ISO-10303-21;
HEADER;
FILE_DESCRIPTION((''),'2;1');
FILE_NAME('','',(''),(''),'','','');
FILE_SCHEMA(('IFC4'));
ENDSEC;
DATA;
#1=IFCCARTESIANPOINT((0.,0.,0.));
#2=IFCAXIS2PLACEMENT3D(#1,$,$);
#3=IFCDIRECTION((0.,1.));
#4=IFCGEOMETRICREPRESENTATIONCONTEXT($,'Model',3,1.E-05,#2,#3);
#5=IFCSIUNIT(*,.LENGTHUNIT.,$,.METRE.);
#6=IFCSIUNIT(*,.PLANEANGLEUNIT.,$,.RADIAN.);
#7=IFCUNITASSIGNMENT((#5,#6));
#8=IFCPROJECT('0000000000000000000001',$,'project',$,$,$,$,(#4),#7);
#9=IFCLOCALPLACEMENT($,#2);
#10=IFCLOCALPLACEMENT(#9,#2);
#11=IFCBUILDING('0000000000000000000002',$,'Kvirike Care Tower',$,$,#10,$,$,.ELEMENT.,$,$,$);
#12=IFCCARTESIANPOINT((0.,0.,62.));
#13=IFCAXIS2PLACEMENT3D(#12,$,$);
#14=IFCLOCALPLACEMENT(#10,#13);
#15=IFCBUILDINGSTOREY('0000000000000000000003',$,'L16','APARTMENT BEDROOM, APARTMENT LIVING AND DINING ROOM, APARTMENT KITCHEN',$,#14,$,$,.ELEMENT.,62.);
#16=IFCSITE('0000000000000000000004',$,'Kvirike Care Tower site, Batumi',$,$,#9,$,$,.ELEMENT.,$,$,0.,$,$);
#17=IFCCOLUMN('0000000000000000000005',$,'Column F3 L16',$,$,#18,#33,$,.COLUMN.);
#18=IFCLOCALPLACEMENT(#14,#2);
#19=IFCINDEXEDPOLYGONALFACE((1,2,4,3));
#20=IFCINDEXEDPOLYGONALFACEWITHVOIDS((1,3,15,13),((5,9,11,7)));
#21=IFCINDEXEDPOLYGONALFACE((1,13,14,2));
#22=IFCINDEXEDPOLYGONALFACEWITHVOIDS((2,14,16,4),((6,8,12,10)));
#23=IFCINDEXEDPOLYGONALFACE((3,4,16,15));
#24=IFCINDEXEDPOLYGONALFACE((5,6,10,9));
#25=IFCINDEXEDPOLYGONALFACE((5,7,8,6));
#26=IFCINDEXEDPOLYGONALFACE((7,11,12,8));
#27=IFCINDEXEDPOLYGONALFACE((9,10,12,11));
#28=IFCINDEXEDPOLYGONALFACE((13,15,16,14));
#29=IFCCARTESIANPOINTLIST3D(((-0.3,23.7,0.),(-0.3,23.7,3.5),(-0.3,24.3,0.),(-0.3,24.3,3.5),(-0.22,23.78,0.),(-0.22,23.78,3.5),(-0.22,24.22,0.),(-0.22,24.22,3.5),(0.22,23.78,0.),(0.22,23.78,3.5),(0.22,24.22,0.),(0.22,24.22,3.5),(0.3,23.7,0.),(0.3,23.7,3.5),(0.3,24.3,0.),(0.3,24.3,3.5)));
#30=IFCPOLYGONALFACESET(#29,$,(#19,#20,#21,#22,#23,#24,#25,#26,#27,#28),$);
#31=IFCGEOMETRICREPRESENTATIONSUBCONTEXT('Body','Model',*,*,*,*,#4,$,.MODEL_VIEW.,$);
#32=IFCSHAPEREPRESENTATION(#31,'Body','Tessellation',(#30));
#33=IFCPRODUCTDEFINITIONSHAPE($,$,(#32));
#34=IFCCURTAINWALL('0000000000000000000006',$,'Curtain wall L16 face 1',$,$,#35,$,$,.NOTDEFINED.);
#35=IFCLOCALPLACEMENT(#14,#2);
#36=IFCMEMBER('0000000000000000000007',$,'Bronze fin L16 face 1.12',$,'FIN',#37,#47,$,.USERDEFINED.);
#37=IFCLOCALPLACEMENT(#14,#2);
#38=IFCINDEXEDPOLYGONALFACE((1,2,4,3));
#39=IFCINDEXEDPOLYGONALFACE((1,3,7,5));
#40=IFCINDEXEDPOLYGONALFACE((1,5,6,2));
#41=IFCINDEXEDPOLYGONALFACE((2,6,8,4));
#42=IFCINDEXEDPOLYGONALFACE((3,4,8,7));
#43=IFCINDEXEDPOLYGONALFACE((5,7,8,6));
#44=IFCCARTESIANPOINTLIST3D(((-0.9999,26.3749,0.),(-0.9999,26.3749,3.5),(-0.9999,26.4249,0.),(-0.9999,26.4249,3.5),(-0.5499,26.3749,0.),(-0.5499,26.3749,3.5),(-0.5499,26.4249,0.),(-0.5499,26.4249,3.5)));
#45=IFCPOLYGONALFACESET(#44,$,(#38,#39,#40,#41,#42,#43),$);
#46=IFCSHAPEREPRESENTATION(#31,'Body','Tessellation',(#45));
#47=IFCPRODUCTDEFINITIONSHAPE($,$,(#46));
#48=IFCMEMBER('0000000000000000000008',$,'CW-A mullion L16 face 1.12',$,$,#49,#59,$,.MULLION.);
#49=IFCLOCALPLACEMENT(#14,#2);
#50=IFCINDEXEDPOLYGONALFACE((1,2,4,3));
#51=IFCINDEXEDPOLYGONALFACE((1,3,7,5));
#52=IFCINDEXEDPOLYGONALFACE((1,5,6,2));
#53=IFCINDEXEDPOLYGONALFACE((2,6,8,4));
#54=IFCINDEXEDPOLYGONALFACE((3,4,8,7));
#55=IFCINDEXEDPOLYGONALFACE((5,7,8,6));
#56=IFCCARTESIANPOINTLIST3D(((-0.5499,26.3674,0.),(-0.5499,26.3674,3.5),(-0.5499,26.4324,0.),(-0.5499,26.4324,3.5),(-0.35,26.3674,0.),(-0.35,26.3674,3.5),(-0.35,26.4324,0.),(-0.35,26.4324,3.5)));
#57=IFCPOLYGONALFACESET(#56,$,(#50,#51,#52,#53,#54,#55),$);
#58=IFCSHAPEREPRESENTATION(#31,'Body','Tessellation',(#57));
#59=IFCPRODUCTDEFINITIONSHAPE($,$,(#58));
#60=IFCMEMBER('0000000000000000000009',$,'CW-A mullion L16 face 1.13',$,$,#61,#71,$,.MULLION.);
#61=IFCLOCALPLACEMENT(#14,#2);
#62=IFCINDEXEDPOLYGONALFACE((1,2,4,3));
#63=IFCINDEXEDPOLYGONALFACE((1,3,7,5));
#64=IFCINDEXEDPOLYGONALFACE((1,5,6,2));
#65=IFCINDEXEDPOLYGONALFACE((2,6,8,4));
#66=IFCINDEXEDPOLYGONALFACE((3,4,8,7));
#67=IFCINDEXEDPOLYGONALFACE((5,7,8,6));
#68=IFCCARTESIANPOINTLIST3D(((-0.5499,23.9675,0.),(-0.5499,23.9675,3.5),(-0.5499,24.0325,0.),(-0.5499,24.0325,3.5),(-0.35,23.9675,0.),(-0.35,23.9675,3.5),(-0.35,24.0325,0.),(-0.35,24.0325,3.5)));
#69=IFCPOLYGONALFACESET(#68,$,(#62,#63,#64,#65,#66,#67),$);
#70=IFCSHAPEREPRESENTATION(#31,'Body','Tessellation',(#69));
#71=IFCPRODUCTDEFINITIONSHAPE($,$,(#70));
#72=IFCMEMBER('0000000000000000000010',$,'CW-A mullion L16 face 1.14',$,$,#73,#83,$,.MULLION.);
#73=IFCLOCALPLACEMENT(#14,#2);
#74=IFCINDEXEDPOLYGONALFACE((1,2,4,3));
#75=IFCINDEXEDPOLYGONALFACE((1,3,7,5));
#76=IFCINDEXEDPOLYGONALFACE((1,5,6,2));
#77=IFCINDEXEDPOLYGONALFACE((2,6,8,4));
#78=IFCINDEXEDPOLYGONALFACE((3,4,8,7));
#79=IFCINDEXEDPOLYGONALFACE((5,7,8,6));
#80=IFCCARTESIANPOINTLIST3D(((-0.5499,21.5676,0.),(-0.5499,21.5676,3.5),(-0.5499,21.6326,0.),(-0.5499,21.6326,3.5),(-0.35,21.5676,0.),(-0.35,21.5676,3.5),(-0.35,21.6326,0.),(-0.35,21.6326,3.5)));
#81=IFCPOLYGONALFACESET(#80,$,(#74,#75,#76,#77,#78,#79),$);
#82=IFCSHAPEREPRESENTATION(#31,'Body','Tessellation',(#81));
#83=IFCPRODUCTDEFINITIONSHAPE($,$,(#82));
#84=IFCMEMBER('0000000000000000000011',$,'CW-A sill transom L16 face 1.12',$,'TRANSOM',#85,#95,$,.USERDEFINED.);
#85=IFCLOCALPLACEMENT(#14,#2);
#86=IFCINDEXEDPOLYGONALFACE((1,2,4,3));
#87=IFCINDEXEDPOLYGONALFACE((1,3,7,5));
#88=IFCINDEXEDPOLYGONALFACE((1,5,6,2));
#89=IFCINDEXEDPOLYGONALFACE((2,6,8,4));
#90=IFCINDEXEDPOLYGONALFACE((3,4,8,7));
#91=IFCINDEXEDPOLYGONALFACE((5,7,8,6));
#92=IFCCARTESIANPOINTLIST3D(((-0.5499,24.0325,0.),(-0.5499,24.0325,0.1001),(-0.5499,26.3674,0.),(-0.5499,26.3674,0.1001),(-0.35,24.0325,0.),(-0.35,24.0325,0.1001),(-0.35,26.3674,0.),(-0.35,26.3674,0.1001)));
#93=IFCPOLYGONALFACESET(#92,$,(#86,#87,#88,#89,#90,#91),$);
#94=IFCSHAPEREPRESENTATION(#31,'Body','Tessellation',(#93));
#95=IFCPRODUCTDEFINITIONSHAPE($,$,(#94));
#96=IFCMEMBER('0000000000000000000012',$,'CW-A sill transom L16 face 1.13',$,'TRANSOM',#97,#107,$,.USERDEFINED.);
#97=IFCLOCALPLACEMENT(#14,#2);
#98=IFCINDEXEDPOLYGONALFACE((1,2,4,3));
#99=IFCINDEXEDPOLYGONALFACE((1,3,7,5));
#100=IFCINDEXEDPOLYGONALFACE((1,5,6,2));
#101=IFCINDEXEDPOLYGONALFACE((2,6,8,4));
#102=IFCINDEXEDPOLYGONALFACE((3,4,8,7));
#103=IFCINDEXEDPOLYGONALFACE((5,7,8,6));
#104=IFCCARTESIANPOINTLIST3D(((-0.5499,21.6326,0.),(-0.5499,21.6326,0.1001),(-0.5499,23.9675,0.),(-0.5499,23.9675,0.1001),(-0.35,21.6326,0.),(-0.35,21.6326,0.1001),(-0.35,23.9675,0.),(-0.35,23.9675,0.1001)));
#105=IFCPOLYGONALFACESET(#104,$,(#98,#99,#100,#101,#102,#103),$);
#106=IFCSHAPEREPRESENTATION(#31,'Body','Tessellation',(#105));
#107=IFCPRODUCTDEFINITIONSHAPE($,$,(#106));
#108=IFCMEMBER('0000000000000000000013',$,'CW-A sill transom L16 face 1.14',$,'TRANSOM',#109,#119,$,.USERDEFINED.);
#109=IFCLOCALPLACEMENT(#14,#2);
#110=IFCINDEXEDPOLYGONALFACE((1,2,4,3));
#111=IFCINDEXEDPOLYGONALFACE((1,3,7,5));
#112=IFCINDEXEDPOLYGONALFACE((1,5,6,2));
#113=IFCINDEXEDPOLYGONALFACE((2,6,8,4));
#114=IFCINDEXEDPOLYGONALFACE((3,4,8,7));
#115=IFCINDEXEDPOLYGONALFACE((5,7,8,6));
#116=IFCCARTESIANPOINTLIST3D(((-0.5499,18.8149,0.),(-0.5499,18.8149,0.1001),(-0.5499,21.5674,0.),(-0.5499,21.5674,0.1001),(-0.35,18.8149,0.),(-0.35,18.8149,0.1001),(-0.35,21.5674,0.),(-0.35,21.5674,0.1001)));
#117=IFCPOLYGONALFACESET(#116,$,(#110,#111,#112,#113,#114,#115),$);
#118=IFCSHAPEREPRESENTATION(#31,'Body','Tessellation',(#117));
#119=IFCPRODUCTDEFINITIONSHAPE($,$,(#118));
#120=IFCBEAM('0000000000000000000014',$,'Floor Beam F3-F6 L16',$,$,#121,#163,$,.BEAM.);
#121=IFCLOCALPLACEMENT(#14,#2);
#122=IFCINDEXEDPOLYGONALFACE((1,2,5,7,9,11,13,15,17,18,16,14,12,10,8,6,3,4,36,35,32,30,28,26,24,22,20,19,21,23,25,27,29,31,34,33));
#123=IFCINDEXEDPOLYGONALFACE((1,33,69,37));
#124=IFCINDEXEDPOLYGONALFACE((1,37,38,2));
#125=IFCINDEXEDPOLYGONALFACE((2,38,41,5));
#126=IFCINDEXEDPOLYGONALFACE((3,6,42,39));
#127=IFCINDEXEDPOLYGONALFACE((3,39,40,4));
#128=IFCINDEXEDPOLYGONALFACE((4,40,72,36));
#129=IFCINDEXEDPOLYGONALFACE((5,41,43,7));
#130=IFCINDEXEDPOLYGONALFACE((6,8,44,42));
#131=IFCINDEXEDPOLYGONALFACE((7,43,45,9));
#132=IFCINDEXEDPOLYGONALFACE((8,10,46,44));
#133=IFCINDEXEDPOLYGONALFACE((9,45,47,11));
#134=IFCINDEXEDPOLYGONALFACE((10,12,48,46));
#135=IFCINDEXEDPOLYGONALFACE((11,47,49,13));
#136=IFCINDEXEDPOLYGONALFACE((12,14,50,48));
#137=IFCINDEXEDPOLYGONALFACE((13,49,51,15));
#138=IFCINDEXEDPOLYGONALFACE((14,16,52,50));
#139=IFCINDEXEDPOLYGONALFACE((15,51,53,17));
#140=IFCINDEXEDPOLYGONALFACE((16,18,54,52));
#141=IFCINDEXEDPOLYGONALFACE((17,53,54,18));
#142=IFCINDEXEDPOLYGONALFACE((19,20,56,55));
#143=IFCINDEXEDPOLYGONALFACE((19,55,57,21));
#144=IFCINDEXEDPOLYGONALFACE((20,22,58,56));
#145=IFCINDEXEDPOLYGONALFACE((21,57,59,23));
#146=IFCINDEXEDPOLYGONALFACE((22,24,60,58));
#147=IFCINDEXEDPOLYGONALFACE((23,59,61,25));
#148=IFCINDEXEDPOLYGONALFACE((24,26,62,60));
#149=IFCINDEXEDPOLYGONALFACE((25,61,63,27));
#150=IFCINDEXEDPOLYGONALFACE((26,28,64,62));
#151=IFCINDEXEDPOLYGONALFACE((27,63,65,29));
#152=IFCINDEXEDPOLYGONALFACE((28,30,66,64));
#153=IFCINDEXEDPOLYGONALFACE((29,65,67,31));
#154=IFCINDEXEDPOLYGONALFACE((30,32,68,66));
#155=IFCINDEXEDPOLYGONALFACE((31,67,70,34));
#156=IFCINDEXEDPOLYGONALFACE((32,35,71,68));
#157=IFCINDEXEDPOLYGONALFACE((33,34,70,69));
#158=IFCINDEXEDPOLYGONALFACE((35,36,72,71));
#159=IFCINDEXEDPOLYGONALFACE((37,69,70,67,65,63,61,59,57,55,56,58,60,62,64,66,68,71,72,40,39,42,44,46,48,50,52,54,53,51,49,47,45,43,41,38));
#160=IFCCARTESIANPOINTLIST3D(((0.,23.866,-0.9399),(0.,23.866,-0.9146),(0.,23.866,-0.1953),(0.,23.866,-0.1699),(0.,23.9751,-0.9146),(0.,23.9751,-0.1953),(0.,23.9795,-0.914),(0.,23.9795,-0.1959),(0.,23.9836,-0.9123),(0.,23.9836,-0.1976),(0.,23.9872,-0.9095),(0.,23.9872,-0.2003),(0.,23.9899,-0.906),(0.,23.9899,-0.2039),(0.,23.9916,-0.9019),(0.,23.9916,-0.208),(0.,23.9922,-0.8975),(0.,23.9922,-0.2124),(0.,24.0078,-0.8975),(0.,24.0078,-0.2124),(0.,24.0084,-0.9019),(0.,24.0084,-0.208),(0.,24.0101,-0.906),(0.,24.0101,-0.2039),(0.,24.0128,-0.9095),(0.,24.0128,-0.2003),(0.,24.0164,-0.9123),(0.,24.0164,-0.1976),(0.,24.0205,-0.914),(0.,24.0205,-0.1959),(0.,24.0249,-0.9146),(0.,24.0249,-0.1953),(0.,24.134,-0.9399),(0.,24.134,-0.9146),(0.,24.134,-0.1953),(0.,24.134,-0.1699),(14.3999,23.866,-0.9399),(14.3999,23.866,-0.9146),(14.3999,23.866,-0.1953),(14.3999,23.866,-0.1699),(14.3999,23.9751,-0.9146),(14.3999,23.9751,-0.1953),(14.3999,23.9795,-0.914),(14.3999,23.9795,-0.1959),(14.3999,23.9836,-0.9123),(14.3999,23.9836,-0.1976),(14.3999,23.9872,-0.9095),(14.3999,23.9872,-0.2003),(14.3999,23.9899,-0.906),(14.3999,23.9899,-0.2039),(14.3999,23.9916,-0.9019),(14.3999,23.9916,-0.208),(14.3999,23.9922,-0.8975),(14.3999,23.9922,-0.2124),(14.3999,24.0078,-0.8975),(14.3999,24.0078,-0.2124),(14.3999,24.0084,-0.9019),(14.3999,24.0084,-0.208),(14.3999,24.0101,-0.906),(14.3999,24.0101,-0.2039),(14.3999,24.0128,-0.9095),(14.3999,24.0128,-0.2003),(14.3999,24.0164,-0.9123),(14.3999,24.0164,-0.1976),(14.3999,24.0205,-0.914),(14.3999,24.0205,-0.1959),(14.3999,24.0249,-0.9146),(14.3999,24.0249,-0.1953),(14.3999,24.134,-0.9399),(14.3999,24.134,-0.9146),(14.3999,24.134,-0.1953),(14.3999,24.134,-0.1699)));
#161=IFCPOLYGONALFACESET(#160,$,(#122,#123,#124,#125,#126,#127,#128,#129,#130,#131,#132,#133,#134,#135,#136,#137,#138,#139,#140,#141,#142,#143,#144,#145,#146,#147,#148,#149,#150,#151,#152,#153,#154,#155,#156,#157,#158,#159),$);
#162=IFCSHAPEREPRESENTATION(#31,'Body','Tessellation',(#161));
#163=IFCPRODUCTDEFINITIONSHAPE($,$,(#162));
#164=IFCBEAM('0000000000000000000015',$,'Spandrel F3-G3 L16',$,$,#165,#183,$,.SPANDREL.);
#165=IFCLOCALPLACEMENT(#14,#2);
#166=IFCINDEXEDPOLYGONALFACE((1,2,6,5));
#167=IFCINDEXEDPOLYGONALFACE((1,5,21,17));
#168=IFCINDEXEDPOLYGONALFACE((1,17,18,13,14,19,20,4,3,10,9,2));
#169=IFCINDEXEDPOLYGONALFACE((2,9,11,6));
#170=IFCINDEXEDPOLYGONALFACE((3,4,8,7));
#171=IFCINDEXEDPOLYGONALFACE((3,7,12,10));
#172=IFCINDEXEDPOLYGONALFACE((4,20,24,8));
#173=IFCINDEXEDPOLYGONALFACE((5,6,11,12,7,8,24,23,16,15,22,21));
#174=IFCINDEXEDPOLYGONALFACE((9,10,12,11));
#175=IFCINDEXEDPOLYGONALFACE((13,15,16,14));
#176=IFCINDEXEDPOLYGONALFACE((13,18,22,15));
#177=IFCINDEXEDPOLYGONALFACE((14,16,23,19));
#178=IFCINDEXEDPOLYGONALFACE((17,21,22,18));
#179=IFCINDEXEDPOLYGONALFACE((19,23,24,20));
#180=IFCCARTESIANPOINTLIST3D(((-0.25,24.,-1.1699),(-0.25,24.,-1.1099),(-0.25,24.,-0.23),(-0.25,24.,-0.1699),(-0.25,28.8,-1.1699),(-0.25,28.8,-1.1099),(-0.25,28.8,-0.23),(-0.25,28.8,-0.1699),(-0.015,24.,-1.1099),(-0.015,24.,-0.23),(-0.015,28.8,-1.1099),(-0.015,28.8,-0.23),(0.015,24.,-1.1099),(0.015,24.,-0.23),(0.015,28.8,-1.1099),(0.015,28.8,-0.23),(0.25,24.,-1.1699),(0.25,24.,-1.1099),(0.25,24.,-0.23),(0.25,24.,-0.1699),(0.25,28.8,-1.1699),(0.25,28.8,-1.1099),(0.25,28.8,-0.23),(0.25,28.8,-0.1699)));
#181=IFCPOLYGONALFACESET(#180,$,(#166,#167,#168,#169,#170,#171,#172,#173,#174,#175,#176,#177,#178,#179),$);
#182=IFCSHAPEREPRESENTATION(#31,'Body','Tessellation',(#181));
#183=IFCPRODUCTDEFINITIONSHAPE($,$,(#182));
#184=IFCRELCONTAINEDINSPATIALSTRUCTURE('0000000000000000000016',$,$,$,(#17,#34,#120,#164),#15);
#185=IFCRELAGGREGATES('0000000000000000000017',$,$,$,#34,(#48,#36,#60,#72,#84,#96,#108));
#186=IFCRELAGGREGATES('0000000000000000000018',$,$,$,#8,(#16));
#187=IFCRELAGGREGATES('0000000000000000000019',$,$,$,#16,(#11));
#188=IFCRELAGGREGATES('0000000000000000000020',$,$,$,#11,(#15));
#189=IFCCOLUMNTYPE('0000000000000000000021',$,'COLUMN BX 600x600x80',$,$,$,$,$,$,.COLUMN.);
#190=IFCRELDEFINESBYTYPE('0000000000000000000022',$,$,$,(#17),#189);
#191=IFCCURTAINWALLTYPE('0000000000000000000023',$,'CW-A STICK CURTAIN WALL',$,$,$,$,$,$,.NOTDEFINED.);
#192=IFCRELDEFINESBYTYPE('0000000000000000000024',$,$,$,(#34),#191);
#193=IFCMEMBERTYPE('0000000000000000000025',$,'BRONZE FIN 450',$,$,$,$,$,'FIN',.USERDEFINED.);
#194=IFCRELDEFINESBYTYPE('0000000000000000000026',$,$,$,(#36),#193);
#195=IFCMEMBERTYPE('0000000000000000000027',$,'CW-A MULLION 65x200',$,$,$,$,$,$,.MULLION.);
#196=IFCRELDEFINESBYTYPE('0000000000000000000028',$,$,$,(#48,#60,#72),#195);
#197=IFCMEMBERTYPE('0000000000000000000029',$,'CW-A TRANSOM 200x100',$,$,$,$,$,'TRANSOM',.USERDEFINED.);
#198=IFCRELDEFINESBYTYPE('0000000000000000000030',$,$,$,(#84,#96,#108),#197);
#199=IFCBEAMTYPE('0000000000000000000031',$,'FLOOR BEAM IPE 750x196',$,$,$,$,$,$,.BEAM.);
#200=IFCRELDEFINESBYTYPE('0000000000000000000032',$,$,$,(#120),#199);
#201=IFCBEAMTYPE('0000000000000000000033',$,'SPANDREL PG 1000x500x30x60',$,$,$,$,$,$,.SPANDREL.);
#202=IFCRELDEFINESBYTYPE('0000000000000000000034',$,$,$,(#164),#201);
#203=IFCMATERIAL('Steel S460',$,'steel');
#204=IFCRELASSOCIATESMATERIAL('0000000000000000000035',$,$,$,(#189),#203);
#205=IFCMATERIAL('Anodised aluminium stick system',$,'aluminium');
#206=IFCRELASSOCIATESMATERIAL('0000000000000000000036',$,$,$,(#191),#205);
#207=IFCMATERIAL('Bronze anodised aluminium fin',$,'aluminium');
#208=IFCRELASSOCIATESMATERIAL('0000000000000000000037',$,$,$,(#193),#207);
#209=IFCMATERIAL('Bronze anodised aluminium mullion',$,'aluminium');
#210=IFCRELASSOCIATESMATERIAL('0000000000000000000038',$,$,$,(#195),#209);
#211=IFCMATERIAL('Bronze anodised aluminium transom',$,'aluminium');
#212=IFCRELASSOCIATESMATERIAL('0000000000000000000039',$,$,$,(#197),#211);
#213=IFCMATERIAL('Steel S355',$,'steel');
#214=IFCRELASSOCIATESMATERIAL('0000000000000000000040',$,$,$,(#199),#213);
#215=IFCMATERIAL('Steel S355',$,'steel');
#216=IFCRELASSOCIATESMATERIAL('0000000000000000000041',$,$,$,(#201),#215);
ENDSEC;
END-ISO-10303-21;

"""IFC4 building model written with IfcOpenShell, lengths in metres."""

from ifc_helpers import new_model, si_unit, direction, frame, origin, origin_2d, place, context, subcontext, project, spatial, rectangle, hollow_rectangle, i_section, extrude, material, material_profile, profile_set, type_object, element, aggregate, save


model = new_model("IFC4")

# Units and contexts
model_context = context("Model", 3, precision=1e-05, world=origin(), true_north=direction((0.0, 1.0)))
body_context = subcontext(model_context, "Body", "Model", "MODEL_VIEW")
ifc_project = project(units=[si_unit("LENGTHUNIT", "METRE"), si_unit("PLANEANGLEUNIT", "RADIAN")], contexts=[model_context])

# Site, building, storey
site_placement = place(None, origin())
site = spatial("IfcSite", under=ifc_project, at=site_placement, Name="Kvirike Care Tower site, Batumi", CompositionType="ELEMENT", RefElevation=0.0)
building_placement = place(site_placement, origin())
building = spatial("IfcBuilding", under=site, at=building_placement, Name="Kvirike Care Tower", CompositionType="ELEMENT")
storey_placement = place(building_placement, frame((0.0, 0.0, 62.0)))
storey = spatial("IfcBuildingStorey", under=building, at=storey_placement, Name="L16", Description="APARTMENT BEDROOM, APARTMENT LIVING AND DINING ROOM, APARTMENT KITCHEN", CompositionType="ELEMENT", Elevation=62.0)

# Column
ifc_material_1 = material(Name="Steel S460", Category="steel")
ifc_material_profile_1 = material_profile(ifc_material_1, hollow_rectangle(XDim=0.6001, YDim=0.6001, WallThickness=0.0801, at=origin_2d()), Name="BX 600x600x80")
ifc_profile_set_1 = profile_set([ifc_material_profile_1], Name="Steel S460")
column_type = type_object("IfcColumnType", Name="COLUMN BX 600x600x80", PredefinedType="COLUMN", material=ifc_profile_set_1)
column_placement = place(storey_placement, frame((0.0, 24.0, 0.0), z_axis=(0.0, 0.0, 1.0), x_axis=(1.0, 0.0, 0.0)))
element("IfcColumn", 1, at=column_placement, inside=storey, type_object=column_type, Name="Column F3 L16", PredefinedType="COLUMN", context=body_context, shape_type="SweptSolid", body=[
    extrude(hollow_rectangle(XDim=0.6001, YDim=0.6001, WallThickness=0.0801, at=origin_2d()), origin(), (0.0, 0.0, 1.0), 3.5),
])

# Curtain wall, members
ifc_material_2 = material(Name="Anodised aluminium stick system", Category="aluminium")
curtain_wall_type = type_object("IfcCurtainWallType", Name="CW-A STICK CURTAIN WALL", PredefinedType="NOTDEFINED", material=ifc_material_2)
curtain_wall_placement = place(storey_placement, origin())
curtain_wall = element("IfcCurtainWall", 2, at=curtain_wall_placement, inside=storey, type_object=curtain_wall_type, Name="Curtain wall L16 face 1", PredefinedType="NOTDEFINED")
ifc_material_3 = material(Name="Bronze anodised aluminium fin", Category="aluminium")
ifc_material_profile_2 = material_profile(ifc_material_3, rectangle(XDim=0.05, YDim=0.45, at=origin_2d()), Name="BRONZE FIN 450")
ifc_profile_set_2 = profile_set([ifc_material_profile_2], Name="Bronze anodised aluminium fin")
member_type_1 = type_object("IfcMemberType", Name="BRONZE FIN 450", ElementType="FIN", PredefinedType="USERDEFINED", material=ifc_profile_set_2)
member_1_placement = place(storey_placement, frame((-0.7749, 26.3999, 0.0), z_axis=(0.0, 0.0, 1.0), x_axis=(0.0, -1.0, 0.0)))
member_1 = element("IfcMember", 3, at=member_1_placement, type_object=member_type_1, Name="Bronze fin L16 face 1.12", ObjectType="FIN", PredefinedType="USERDEFINED", context=body_context, shape_type="SweptSolid", body=[
    extrude(rectangle(XDim=0.05, YDim=0.45, at=origin_2d()), origin(), (0.0, 0.0, 1.0), 3.5),
])
ifc_material_4 = material(Name="Bronze anodised aluminium mullion", Category="aluminium")
ifc_material_profile_3 = material_profile(ifc_material_4, rectangle(XDim=0.0649, YDim=0.2, at=origin_2d()), Name="CW-A MULLION 65x200")
ifc_profile_set_3 = profile_set([ifc_material_profile_3], Name="Bronze anodised aluminium mullion")
member_type_2 = type_object("IfcMemberType", Name="CW-A MULLION 65x200", PredefinedType="MULLION", material=ifc_profile_set_3)
member_2_placement = place(storey_placement, frame((-0.45, 26.3999, 0.0), z_axis=(0.0, 0.0, 1.0), x_axis=(0.0, -1.0, 0.0)))
member_2 = element("IfcMember", 4, at=member_2_placement, type_object=member_type_2, Name="CW-A mullion L16 face 1.12", PredefinedType="MULLION", context=body_context, shape_type="SweptSolid", body=[
    extrude(rectangle(XDim=0.0649, YDim=0.2, at=origin_2d()), origin(), (0.0, 0.0, 1.0), 3.5),
])
member_3_placement = place(storey_placement, frame((-0.45, 24.0, 0.0), z_axis=(0.0, 0.0, 1.0), x_axis=(0.0, -1.0, 0.0)))
member_3 = element("IfcMember", 5, at=member_3_placement, type_object=member_type_2, Name="CW-A mullion L16 face 1.13", PredefinedType="MULLION", context=body_context, shape_type="SweptSolid", body=[
    extrude(rectangle(XDim=0.0649, YDim=0.2, at=origin_2d()), origin(), (0.0, 0.0, 1.0), 3.5),
])
member_4_placement = place(storey_placement, frame((-0.45, 21.6001, 0.0), z_axis=(0.0, 0.0, 1.0), x_axis=(0.0, -1.0, 0.0)))
member_4 = element("IfcMember", 6, at=member_4_placement, type_object=member_type_2, Name="CW-A mullion L16 face 1.14", PredefinedType="MULLION", context=body_context, shape_type="SweptSolid", body=[
    extrude(rectangle(XDim=0.0649, YDim=0.2, at=origin_2d()), origin(), (0.0, 0.0, 1.0), 3.5),
])
ifc_material_5 = material(Name="Bronze anodised aluminium transom", Category="aluminium")
ifc_material_profile_4 = material_profile(ifc_material_5, rectangle(XDim=0.2, YDim=0.1001, at=origin_2d()), Name="CW-A TRANSOM 200x100")
ifc_profile_set_4 = profile_set([ifc_material_profile_4], Name="Bronze anodised aluminium transom")
member_type_3 = type_object("IfcMemberType", Name="CW-A TRANSOM 200x100", ElementType="TRANSOM", PredefinedType="USERDEFINED", material=ifc_profile_set_4)
member_5_placement = place(storey_placement, frame((-0.45, 26.3674, 0.05), z_axis=(0.0, -1.0, 0.0), x_axis=(1.0, 0.0, 0.0)))
member_5 = element("IfcMember", 7, at=member_5_placement, type_object=member_type_3, Name="CW-A sill transom L16 face 1.12", ObjectType="TRANSOM", PredefinedType="USERDEFINED", context=body_context, shape_type="SweptSolid", body=[
    extrude(rectangle(XDim=0.2, YDim=0.1001, at=origin_2d()), origin(), (0.0, 0.0, 1.0), 2.335),
])
member_6_placement = place(storey_placement, frame((-0.45, 23.9675, 0.05), z_axis=(0.0, -1.0, 0.0), x_axis=(1.0, 0.0, 0.0)))
member_6 = element("IfcMember", 8, at=member_6_placement, type_object=member_type_3, Name="CW-A sill transom L16 face 1.13", ObjectType="TRANSOM", PredefinedType="USERDEFINED", context=body_context, shape_type="SweptSolid", body=[
    extrude(rectangle(XDim=0.2, YDim=0.1001, at=origin_2d()), origin(), (0.0, 0.0, 1.0), 2.335),
])
member_7_placement = place(storey_placement, frame((-0.45, 21.5674, 0.05), z_axis=(0.0, -1.0, 0.0), x_axis=(1.0, 0.0, 0.0)))
member_7 = element("IfcMember", 9, at=member_7_placement, type_object=member_type_3, Name="CW-A sill transom L16 face 1.14", ObjectType="TRANSOM", PredefinedType="USERDEFINED", context=body_context, shape_type="SweptSolid", body=[
    extrude(rectangle(XDim=0.2, YDim=0.1001, at=origin_2d()), origin(), (0.0, 0.0, 1.0), 2.7524),
])

# Beams
ifc_material_6 = material(Name="Steel S355", Category="steel")
ifc_material_profile_5 = material_profile(ifc_material_6, i_section(OverallWidth=0.2681, OverallDepth=0.77, WebThickness=0.0156, FlangeThickness=0.0254, FilletRadius=0.0171, at=origin_2d()), Name="IPE 750x196")
ifc_profile_set_5 = profile_set([ifc_material_profile_5], Name="Steel S355")
beam_type_1 = type_object("IfcBeamType", Name="FLOOR BEAM IPE 750x196", PredefinedType="BEAM", material=ifc_profile_set_5)
beam_1_placement = place(storey_placement, frame((0.0, 24.0, -0.5549), z_axis=(1.0, 0.0, 0.0), x_axis=(0.0, 1.0, 0.0)))
element("IfcBeam", 10, at=beam_1_placement, inside=storey, type_object=beam_type_1, Name="Floor Beam F3-F6 L16", PredefinedType="BEAM", context=body_context, shape_type="SweptSolid", body=[
    extrude(i_section(OverallWidth=0.2681, OverallDepth=0.77, WebThickness=0.0156, FlangeThickness=0.0254, FilletRadius=0.0171, at=origin_2d()), origin(), (0.0, 0.0, 1.0), 14.3999),
])
ifc_material_7 = material(Name="Steel S355", Category="steel")
ifc_material_profile_6 = material_profile(ifc_material_7, i_section(OverallWidth=0.5, OverallDepth=1.0, WebThickness=0.03, FlangeThickness=0.0601, at=origin_2d()), Name="PG 1000x500x30x60")
ifc_profile_set_6 = profile_set([ifc_material_profile_6], Name="Steel S355")
beam_type_2 = type_object("IfcBeamType", Name="SPANDREL PG 1000x500x30x60", PredefinedType="SPANDREL", material=ifc_profile_set_6)
beam_2_placement = place(storey_placement, frame((0.0, 24.0, -0.6699), z_axis=(0.0, 1.0, 0.0), x_axis=(-1.0, 0.0, 0.0)))
element("IfcBeam", 11, at=beam_2_placement, inside=storey, type_object=beam_type_2, Name="Spandrel F3-G3 L16", PredefinedType="SPANDREL", context=body_context, shape_type="SweptSolid", body=[
    extrude(i_section(OverallWidth=0.5, OverallDepth=1.0, WebThickness=0.03, FlangeThickness=0.0601, at=origin_2d()), origin(), (0.0, 0.0, 1.0), 4.8),
])

aggregate(curtain_wall, [member_2, member_1, member_3, member_4, member_5, member_6, member_7])

save(model, "model.ifc")
